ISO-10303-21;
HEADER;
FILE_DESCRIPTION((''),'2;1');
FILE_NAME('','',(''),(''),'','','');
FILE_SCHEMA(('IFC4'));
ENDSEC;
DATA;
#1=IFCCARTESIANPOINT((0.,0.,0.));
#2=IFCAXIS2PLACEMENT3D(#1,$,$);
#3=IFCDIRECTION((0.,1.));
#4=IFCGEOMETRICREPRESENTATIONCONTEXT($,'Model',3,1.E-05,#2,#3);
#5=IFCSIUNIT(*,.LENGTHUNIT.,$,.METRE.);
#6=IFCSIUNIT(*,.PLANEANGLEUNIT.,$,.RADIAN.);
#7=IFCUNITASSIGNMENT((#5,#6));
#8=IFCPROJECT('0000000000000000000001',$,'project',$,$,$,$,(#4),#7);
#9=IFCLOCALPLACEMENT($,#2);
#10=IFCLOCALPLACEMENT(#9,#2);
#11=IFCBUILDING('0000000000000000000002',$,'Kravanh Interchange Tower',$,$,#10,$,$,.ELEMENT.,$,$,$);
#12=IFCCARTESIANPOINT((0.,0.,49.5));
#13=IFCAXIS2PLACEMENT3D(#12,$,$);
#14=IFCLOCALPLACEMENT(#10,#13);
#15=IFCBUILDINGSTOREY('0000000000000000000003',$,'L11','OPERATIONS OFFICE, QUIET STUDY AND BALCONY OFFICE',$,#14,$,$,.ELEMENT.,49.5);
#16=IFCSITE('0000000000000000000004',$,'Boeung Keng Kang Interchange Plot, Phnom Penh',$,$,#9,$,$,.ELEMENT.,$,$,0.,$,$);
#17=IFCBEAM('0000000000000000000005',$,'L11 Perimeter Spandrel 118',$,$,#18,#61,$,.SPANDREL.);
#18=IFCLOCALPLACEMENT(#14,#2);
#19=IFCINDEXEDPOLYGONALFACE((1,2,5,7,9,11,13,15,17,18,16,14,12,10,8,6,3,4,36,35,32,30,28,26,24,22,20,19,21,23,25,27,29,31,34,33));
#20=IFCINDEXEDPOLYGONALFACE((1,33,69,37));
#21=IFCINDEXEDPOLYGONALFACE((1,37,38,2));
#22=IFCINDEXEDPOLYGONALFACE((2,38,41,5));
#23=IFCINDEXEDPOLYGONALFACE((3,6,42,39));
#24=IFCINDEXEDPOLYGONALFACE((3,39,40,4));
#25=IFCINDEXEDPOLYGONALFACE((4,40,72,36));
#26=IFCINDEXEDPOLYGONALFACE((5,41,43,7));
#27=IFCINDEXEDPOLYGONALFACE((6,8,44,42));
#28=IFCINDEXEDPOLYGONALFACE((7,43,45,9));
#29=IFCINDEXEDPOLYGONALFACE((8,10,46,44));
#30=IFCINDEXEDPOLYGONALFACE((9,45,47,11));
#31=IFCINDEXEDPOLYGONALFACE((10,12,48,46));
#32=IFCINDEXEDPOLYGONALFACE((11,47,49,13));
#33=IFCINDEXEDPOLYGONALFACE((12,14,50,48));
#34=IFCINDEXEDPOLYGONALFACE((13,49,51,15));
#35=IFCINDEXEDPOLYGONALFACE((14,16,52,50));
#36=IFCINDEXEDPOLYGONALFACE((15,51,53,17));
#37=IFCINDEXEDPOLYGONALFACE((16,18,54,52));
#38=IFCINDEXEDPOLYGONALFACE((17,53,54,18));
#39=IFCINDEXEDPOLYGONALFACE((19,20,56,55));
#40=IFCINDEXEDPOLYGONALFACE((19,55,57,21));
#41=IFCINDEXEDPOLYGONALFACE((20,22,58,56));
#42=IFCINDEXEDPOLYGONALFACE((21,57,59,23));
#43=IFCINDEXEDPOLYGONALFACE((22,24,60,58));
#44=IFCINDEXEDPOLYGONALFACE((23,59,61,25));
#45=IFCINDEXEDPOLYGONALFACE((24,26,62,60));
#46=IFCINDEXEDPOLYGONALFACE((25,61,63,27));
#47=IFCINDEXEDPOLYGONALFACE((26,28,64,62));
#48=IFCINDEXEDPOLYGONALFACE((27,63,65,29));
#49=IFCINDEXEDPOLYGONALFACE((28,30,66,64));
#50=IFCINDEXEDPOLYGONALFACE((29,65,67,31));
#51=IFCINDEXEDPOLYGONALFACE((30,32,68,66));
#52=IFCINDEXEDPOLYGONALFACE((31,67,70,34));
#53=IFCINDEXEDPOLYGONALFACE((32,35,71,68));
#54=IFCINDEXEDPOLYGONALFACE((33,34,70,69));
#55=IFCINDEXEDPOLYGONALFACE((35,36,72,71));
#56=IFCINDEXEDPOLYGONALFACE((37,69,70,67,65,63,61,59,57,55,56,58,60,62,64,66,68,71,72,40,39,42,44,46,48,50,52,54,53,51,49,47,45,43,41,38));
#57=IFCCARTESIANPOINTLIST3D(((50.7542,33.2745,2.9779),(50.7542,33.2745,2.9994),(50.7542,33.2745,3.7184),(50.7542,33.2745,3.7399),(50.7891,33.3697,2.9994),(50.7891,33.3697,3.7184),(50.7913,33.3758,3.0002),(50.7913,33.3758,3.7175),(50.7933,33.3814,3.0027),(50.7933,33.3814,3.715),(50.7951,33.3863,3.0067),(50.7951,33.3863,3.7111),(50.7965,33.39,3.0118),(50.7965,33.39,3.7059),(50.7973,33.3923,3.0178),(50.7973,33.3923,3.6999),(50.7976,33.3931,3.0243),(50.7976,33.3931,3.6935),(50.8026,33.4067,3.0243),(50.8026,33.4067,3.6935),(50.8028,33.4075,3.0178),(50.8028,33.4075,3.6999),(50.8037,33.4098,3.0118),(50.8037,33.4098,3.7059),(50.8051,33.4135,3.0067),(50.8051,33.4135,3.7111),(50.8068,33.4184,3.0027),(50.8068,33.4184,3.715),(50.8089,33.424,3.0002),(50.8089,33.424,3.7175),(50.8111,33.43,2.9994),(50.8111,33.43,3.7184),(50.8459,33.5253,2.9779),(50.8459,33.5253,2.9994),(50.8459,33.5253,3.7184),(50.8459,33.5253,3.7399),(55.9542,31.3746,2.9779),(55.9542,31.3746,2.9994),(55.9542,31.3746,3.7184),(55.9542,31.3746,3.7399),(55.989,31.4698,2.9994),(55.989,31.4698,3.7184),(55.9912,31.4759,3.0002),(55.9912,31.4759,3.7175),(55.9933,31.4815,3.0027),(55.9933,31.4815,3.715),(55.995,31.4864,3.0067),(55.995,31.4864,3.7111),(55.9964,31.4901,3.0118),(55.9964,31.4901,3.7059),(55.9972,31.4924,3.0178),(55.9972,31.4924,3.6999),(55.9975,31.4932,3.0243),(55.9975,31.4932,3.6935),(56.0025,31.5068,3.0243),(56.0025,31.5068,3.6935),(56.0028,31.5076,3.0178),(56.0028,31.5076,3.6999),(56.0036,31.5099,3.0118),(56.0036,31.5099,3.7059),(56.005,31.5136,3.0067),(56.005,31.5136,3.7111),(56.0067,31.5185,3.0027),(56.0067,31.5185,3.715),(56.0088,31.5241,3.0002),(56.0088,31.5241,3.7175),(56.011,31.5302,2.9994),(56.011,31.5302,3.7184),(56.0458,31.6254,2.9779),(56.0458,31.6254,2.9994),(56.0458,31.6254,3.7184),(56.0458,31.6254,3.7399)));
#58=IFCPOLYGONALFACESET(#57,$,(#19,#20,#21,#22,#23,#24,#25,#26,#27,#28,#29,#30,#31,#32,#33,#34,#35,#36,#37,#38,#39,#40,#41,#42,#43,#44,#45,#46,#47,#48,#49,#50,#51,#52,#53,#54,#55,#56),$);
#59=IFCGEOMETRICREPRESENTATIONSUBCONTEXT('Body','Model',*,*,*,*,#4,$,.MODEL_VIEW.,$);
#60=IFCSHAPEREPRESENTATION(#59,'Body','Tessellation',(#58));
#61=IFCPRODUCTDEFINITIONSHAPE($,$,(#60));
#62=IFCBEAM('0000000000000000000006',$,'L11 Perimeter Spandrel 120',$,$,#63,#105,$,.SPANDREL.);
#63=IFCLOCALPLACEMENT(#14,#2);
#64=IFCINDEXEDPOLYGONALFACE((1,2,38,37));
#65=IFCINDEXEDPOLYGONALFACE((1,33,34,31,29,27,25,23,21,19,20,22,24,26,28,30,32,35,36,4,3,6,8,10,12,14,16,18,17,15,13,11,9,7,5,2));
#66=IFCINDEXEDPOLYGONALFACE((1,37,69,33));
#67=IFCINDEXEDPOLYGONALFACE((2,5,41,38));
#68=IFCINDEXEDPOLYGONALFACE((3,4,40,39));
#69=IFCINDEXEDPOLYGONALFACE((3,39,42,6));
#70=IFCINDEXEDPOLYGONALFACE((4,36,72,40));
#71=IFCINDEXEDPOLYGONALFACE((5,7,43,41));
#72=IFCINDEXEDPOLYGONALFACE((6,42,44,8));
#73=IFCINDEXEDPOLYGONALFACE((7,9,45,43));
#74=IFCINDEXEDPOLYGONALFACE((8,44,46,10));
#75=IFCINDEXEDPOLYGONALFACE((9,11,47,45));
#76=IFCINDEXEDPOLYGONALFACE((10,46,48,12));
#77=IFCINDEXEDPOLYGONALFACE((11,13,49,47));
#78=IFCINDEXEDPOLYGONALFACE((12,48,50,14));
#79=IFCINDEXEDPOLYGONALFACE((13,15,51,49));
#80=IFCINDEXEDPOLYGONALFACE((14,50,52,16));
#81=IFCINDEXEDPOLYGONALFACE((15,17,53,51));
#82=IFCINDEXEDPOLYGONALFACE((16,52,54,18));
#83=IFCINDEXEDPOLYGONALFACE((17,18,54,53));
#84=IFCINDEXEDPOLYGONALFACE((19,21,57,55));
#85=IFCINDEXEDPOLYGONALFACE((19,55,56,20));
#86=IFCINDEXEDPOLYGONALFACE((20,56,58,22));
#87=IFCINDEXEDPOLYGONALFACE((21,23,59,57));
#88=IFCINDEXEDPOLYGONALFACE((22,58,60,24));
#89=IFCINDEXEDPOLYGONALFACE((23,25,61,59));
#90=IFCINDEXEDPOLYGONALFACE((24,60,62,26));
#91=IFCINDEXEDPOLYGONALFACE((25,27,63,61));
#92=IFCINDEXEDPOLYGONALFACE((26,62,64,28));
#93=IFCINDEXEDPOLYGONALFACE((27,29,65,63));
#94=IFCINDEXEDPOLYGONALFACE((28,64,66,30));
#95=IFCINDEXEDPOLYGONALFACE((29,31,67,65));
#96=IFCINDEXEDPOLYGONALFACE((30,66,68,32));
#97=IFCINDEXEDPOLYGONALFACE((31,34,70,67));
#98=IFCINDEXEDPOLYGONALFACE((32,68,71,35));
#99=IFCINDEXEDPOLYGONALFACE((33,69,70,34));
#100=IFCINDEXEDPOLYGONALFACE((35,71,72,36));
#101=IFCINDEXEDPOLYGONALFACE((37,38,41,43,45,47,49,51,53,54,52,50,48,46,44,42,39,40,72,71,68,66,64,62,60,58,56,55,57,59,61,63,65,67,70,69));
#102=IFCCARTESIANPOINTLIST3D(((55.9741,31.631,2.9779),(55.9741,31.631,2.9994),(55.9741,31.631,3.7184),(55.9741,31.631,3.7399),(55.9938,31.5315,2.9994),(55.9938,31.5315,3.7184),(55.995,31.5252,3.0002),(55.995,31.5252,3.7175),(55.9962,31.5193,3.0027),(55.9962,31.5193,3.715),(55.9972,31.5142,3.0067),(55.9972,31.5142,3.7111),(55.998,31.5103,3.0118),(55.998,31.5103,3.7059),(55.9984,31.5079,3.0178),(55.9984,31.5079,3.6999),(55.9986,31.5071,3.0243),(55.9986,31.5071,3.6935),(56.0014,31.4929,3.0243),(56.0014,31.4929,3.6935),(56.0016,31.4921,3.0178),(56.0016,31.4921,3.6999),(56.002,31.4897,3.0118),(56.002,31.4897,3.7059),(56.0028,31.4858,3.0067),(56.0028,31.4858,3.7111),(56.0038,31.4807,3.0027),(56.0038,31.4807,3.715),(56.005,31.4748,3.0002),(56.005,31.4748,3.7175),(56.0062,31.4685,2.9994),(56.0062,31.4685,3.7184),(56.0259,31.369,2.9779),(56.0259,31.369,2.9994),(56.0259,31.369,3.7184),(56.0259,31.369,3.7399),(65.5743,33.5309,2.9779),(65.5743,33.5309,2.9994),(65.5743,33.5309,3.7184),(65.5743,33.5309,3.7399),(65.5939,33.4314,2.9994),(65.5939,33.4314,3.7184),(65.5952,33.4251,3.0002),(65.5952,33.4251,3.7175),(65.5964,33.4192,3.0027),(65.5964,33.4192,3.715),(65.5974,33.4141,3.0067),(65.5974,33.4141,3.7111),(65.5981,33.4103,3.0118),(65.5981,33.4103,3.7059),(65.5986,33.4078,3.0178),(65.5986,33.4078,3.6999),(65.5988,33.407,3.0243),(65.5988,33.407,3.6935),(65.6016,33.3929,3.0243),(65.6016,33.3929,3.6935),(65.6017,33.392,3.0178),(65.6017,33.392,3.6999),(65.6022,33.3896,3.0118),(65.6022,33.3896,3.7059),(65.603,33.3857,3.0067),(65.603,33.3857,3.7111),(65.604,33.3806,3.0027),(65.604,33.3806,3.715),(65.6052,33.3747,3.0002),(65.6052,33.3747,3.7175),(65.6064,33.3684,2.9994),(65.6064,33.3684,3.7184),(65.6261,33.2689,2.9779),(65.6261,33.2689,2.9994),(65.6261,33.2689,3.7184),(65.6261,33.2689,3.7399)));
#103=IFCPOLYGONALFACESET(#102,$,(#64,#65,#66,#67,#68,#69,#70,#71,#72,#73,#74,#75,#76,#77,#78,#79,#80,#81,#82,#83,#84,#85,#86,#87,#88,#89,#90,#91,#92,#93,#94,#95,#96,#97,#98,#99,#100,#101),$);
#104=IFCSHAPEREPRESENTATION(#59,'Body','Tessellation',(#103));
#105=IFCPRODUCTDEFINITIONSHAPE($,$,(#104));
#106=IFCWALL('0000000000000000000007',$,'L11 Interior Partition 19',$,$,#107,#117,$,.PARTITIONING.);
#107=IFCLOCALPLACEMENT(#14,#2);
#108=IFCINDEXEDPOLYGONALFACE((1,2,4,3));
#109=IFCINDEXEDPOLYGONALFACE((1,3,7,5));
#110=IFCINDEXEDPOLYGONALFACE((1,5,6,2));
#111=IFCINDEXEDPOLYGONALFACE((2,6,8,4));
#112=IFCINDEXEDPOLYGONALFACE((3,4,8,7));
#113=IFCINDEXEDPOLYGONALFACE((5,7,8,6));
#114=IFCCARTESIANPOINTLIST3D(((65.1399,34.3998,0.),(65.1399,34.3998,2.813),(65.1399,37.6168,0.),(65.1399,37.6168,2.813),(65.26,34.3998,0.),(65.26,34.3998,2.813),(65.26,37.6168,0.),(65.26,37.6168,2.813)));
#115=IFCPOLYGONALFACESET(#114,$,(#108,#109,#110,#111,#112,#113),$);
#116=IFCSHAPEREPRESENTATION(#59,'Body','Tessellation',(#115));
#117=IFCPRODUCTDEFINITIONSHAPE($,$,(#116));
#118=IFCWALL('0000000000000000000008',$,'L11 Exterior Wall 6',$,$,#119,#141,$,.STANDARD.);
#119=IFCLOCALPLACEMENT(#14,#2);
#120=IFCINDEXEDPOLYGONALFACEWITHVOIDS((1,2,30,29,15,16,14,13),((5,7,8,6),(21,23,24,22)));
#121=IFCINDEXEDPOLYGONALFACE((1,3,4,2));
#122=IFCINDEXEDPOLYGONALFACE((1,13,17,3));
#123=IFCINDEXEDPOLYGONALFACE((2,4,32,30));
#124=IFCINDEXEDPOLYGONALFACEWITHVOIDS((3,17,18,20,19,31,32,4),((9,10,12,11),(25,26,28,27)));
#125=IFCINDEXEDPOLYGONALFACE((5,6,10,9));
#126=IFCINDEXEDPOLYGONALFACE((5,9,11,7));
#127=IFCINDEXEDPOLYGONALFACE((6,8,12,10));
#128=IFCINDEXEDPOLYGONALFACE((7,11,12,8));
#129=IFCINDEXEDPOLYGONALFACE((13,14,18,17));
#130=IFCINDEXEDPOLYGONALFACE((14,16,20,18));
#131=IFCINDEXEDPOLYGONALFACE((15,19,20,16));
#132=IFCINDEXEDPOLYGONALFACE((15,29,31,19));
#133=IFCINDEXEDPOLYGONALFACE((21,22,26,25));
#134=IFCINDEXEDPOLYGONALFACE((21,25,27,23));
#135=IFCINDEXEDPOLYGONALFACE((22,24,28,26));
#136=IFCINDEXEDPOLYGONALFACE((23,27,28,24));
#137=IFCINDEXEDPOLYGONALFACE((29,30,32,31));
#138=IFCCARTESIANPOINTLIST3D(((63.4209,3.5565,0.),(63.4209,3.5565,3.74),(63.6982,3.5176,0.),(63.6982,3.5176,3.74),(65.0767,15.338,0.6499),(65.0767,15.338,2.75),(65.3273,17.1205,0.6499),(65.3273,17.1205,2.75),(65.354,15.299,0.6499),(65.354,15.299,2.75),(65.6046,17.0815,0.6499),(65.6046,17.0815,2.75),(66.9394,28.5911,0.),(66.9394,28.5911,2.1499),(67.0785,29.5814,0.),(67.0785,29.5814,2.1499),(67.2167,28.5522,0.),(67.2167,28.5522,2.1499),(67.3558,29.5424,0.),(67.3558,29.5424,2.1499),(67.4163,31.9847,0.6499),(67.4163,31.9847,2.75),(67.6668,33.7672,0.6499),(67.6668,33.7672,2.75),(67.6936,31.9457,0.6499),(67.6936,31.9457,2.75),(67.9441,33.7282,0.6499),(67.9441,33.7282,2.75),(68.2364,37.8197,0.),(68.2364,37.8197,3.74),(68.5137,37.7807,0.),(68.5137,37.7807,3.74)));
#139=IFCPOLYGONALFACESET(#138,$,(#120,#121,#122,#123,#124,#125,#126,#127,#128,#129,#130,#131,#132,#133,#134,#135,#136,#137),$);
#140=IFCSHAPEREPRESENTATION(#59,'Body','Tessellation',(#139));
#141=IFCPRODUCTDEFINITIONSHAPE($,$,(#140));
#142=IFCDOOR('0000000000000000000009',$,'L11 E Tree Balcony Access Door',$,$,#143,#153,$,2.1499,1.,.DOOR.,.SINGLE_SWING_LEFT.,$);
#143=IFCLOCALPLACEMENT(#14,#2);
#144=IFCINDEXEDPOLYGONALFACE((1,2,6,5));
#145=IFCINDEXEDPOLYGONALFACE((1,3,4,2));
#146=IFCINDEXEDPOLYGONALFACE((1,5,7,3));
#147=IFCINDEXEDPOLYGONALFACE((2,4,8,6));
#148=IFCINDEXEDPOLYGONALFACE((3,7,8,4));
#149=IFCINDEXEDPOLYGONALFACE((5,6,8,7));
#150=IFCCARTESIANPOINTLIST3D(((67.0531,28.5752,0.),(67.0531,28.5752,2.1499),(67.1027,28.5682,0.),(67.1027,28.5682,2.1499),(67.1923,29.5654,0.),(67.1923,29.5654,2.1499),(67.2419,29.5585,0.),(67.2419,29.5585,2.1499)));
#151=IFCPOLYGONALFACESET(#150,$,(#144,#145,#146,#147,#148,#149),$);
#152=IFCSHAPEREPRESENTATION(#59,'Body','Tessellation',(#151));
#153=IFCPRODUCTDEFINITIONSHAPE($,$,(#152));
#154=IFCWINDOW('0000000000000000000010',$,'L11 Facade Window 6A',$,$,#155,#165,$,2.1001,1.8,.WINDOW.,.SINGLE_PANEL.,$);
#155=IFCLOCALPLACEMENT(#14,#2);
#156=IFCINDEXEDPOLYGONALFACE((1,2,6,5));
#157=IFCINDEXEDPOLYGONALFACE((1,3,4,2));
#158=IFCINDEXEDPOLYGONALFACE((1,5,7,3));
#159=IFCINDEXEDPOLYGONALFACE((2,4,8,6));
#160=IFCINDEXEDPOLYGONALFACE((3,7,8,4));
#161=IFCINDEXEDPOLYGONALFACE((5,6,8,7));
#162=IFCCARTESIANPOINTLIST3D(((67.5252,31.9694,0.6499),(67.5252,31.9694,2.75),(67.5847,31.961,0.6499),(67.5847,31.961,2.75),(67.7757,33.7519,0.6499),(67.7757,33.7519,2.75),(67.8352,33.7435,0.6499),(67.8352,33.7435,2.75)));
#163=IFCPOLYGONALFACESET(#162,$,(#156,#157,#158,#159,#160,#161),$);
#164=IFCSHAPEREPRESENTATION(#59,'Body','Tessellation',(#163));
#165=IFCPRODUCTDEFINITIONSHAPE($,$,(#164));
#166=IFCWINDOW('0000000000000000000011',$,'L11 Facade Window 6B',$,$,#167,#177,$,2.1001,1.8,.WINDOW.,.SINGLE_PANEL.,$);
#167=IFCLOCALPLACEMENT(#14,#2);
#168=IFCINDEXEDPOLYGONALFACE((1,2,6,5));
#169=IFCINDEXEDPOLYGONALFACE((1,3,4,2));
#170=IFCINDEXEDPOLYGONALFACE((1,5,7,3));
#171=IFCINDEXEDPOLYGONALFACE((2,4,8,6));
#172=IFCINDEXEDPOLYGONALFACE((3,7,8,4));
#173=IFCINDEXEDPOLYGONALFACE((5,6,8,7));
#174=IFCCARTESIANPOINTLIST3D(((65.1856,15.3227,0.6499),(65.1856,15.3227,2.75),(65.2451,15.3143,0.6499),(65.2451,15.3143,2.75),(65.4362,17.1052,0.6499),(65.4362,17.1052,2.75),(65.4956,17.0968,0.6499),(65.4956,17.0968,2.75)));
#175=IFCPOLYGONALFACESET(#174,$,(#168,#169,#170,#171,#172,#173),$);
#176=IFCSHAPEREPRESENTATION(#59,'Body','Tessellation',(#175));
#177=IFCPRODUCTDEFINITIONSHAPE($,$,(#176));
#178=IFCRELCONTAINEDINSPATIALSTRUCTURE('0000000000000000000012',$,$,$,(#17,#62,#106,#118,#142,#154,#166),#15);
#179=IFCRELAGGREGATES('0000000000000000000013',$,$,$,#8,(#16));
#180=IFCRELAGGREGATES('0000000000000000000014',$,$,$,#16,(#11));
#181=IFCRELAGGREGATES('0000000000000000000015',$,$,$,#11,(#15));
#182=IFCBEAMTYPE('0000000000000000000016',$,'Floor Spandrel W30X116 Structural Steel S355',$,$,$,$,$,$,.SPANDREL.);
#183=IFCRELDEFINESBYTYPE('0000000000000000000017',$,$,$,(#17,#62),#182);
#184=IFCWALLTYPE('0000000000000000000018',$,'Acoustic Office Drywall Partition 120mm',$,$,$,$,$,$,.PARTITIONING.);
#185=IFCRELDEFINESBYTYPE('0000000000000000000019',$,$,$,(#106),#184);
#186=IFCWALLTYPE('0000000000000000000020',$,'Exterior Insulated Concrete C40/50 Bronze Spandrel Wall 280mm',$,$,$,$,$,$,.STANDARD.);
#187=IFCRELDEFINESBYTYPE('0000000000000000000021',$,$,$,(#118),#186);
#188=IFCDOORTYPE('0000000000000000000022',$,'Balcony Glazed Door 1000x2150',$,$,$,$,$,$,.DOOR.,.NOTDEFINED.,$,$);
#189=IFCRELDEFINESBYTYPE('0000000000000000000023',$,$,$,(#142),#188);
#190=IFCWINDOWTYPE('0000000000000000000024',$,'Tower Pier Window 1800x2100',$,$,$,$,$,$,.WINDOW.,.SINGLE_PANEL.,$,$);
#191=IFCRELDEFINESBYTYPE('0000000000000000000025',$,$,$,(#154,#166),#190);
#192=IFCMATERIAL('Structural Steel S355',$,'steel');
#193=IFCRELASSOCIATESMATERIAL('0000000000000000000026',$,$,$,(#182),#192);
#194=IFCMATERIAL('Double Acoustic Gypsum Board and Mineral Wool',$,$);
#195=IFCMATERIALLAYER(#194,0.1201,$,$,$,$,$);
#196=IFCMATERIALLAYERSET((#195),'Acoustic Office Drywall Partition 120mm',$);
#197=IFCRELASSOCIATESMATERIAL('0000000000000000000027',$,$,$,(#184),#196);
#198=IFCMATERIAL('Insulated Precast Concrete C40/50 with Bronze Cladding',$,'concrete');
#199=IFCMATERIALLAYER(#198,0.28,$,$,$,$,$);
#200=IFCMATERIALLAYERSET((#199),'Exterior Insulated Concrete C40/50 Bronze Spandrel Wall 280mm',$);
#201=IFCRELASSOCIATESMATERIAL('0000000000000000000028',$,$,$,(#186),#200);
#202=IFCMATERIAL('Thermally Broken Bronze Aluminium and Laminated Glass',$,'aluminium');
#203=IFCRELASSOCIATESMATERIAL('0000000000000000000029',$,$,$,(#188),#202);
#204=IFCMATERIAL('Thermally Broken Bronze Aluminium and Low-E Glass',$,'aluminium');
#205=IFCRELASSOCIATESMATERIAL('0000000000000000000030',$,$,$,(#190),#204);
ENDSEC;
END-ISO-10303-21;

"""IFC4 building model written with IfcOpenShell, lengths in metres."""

from ifc_helpers import new_model, si_unit, direction, frame, frame_2d, origin, origin_2d, place, context, subcontext, project, spatial, rectangle, i_section, extrude, material, layer, layer_set, material_profile, profile_set, type_object, element, fill, save


model = new_model("IFC4")

# Units and contexts
model_context = context("Model", 3, precision=1e-05, world=origin(), true_north=direction((0.0, 1.0)))
body_context = subcontext(model_context, "Body", "Model", "MODEL_VIEW")
ifc_project = project(units=[si_unit("LENGTHUNIT", "METRE"), si_unit("PLANEANGLEUNIT", "RADIAN")], contexts=[model_context])

# Site, building, storey
site_placement = place(None, origin())
site = spatial("IfcSite", under=ifc_project, at=site_placement, Name="Boeung Keng Kang Interchange Plot, Phnom Penh", CompositionType="ELEMENT", RefElevation=0.0)
building_placement = place(site_placement, origin())
building = spatial("IfcBuilding", under=site, at=building_placement, Name="Kravanh Interchange Tower", CompositionType="ELEMENT")
storey_placement = place(building_placement, frame((0.0, 0.0, 49.5)))
storey = spatial("IfcBuildingStorey", under=building, at=storey_placement, Name="L11", Description="OPERATIONS OFFICE, QUIET STUDY AND BALCONY OFFICE", CompositionType="ELEMENT", Elevation=49.5)

# Beams
ifc_material_1 = material(Name="Structural Steel S355", Category="steel")
ifc_material_profile_1 = material_profile(ifc_material_1, i_section(OverallWidth=0.2671, OverallDepth=0.762, WebThickness=0.0144, FlangeThickness=0.0215, FilletRadius=0.0249, at=origin_2d()), Name="W30X116")
ifc_profile_set_1 = profile_set([ifc_material_profile_1], Name="Structural Steel S355")
beam_type_1 = type_object("IfcBeamType", Name="Floor Spandrel W30X116 Structural Steel S355", PredefinedType="SPANDREL", material=ifc_profile_set_1)
beam_1_placement = place(storey_placement, frame((56.0, 31.5, 3.3589), z_axis=(-0.93927, 0.34318, 0.0), x_axis=(-0.34318, -0.93927, 0.0)))
element("IfcBeam", 1, at=beam_1_placement, inside=storey, type_object=beam_type_1, Name="L11 Perimeter Spandrel 118", PredefinedType="SPANDREL", context=body_context, shape_type="SweptSolid", body=[
    extrude(i_section(OverallWidth=0.2671, OverallDepth=0.762, WebThickness=0.0144, FlangeThickness=0.0215, FilletRadius=0.0249, at=origin_2d()), origin(), (0.0, 0.0, 1.0), 5.5361),
])
beam_2_placement = place(storey_placement, frame((56.0, 31.5, 3.3589), z_axis=(0.980974, 0.194139, 0.0), x_axis=(-0.194139, 0.980974, 0.0)))
element("IfcBeam", 2, at=beam_2_placement, inside=storey, type_object=beam_type_1, Name="L11 Perimeter Spandrel 120", PredefinedType="SPANDREL", context=body_context, shape_type="SweptSolid", body=[
    extrude(i_section(OverallWidth=0.2671, OverallDepth=0.762, WebThickness=0.0144, FlangeThickness=0.0215, FilletRadius=0.0249, at=origin_2d()), origin(), (0.0, 0.0, 1.0), 9.7864),
])

# Wall
ifc_material_2 = material(Name="Double Acoustic Gypsum Board and Mineral Wool")
ifc_layer_1 = layer(ifc_material_2, 0.1201)
ifc_layer_set_1 = layer_set([ifc_layer_1], Name="Acoustic Office Drywall Partition 120mm")
wall_type_1 = type_object("IfcWallType", Name="Acoustic Office Drywall Partition 120mm", PredefinedType="PARTITIONING", material=ifc_layer_set_1)
wall_1_placement = place(storey_placement, frame((65.2, 34.3999, 0.0), z_axis=(0.0, 0.0, 1.0), x_axis=(0.0, 1.0, 0.0)))
element("IfcWall", 3, at=wall_1_placement, inside=storey, type_object=wall_type_1, Name="L11 Interior Partition 19", PredefinedType="PARTITIONING", context=body_context, shape_type="SweptSolid", body=[
    extrude(rectangle(XDim=3.217, YDim=0.1201, at=frame_2d((1.6084, 0.0))), origin(), (0.0, 0.0, 1.0), 2.813),
])

# Wall, openings, door, windows
ifc_material_3 = material(Name="Insulated Precast Concrete C40/50 with Bronze Cladding", Category="concrete")
ifc_layer_2 = layer(ifc_material_3, 0.28)
ifc_layer_set_2 = layer_set([ifc_layer_2], Name="Exterior Insulated Concrete C40/50 Bronze Spandrel Wall 280mm")
wall_type_2 = type_object("IfcWallType", Name="Exterior Insulated Concrete C40/50 Bronze Spandrel Wall 280mm", PredefinedType="STANDARD", material=ifc_layer_set_2)
wall_2_placement = place(storey_placement, frame((68.375, 37.8, 0.0), z_axis=(0.0, 0.0, 1.0), x_axis=(-0.139175, -0.990268, 0.0)))
wall_2 = element("IfcWall", 4, at=wall_2_placement, inside=storey, type_object=wall_type_2, Name="L11 Exterior Wall 6", PredefinedType="STANDARD", context=body_context, shape_type="SweptSolid", body=[
    extrude(rectangle(XDim=34.5999, YDim=0.28, at=frame_2d((17.2998, 0.0))), origin(), (0.0, 0.0, 1.0), 3.74),
])
opening_1_placement = place(wall_2_placement, frame((8.3191, 0.0, 0.0)))
opening_1 = element("IfcOpeningElement", 5, at=opening_1_placement, cuts=wall_2, PredefinedType="OPENING", context=body_context, shape_type="SweptSolid", body=[
    extrude(rectangle(XDim=1.0, YDim=2.1499, at=frame_2d((0.5, 1.075))), frame((0.0, 0.1499, 0.0), z_axis=(0.0, -1.0, 0.0), x_axis=(1.0, 0.0, 0.0)), (0.0, 0.0, 1.0), 0.3),
])
opening_2_placement = place(wall_2_placement, frame((4.0923, 0.0, 0.6499)))
opening_2 = element("IfcOpeningElement", 6, at=opening_2_placement, cuts=wall_2, PredefinedType="OPENING", context=body_context, shape_type="SweptSolid", body=[
    extrude(rectangle(XDim=1.8, YDim=2.1001, at=frame_2d((0.8999, 1.05))), frame((0.0, 0.1499, 0.0), z_axis=(0.0, -1.0, 0.0), x_axis=(1.0, 0.0, 0.0)), (0.0, 0.0, 1.0), 0.3),
])
opening_3_placement = place(wall_2_placement, frame((20.9026, 0.0, 0.6499)))
opening_3 = element("IfcOpeningElement", 7, at=opening_3_placement, cuts=wall_2, PredefinedType="OPENING", context=body_context, shape_type="SweptSolid", body=[
    extrude(rectangle(XDim=1.8, YDim=2.1001, at=frame_2d((0.8999, 1.05))), frame((0.0, 0.1499, 0.0), z_axis=(0.0, -1.0, 0.0), x_axis=(1.0, 0.0, 0.0)), (0.0, 0.0, 1.0), 0.3),
])
ifc_material_4 = material(Name="Thermally Broken Bronze Aluminium and Laminated Glass", Category="aluminium")
door_type = type_object("IfcDoorType", Name="Balcony Glazed Door 1000x2150", OperationType="NOTDEFINED", PredefinedType="DOOR", material=ifc_material_4)
door_placement = place(opening_1_placement, origin())
door = element("IfcDoor", 8, at=door_placement, inside=storey, type_object=door_type, Name="L11 E Tree Balcony Access Door", OperationType="SINGLE_SWING_LEFT", OverallHeight=2.1499, OverallWidth=1.0, PredefinedType="DOOR", context=body_context, shape_type="SweptSolid", body=[
    extrude(rectangle(XDim=1.0, YDim=2.1499, at=frame_2d((0.5, 1.075))), frame((0.0, 0.0249, 0.0), z_axis=(0.0, -1.0, 0.0), x_axis=(1.0, 0.0, 0.0)), (0.0, 0.0, 1.0), 0.05),
])
fill(opening_1, door)
ifc_material_5 = material(Name="Thermally Broken Bronze Aluminium and Low-E Glass", Category="aluminium")
window_type = type_object("IfcWindowType", Name="Tower Pier Window 1800x2100", PartitioningType="SINGLE_PANEL", PredefinedType="WINDOW", material=ifc_material_5)
window_1_placement = place(opening_2_placement, origin())
window_1 = element("IfcWindow", 9, at=window_1_placement, inside=storey, type_object=window_type, Name="L11 Facade Window 6A", OverallHeight=2.1001, OverallWidth=1.8, PartitioningType="SINGLE_PANEL", PredefinedType="WINDOW", context=body_context, shape_type="SweptSolid", body=[
    extrude(rectangle(XDim=1.8, YDim=2.1001, at=frame_2d((0.8999, 1.05))), frame((0.0, 0.03, 0.0), z_axis=(0.0, -1.0, 0.0), x_axis=(1.0, 0.0, 0.0)), (0.0, 0.0, 1.0), 0.0601),
])
fill(opening_2, window_1)
window_2_placement = place(opening_3_placement, origin())
window_2 = element("IfcWindow", 10, at=window_2_placement, inside=storey, type_object=window_type, Name="L11 Facade Window 6B", OverallHeight=2.1001, OverallWidth=1.8, PartitioningType="SINGLE_PANEL", PredefinedType="WINDOW", context=body_context, shape_type="SweptSolid", body=[
    extrude(rectangle(XDim=1.8, YDim=2.1001, at=frame_2d((0.8999, 1.05))), frame((0.0, 0.03, 0.0), z_axis=(0.0, -1.0, 0.0), x_axis=(1.0, 0.0, 0.0)), (0.0, 0.0, 1.0), 0.0601),
])
fill(opening_3, window_2)

save(model, "model.ifc")
